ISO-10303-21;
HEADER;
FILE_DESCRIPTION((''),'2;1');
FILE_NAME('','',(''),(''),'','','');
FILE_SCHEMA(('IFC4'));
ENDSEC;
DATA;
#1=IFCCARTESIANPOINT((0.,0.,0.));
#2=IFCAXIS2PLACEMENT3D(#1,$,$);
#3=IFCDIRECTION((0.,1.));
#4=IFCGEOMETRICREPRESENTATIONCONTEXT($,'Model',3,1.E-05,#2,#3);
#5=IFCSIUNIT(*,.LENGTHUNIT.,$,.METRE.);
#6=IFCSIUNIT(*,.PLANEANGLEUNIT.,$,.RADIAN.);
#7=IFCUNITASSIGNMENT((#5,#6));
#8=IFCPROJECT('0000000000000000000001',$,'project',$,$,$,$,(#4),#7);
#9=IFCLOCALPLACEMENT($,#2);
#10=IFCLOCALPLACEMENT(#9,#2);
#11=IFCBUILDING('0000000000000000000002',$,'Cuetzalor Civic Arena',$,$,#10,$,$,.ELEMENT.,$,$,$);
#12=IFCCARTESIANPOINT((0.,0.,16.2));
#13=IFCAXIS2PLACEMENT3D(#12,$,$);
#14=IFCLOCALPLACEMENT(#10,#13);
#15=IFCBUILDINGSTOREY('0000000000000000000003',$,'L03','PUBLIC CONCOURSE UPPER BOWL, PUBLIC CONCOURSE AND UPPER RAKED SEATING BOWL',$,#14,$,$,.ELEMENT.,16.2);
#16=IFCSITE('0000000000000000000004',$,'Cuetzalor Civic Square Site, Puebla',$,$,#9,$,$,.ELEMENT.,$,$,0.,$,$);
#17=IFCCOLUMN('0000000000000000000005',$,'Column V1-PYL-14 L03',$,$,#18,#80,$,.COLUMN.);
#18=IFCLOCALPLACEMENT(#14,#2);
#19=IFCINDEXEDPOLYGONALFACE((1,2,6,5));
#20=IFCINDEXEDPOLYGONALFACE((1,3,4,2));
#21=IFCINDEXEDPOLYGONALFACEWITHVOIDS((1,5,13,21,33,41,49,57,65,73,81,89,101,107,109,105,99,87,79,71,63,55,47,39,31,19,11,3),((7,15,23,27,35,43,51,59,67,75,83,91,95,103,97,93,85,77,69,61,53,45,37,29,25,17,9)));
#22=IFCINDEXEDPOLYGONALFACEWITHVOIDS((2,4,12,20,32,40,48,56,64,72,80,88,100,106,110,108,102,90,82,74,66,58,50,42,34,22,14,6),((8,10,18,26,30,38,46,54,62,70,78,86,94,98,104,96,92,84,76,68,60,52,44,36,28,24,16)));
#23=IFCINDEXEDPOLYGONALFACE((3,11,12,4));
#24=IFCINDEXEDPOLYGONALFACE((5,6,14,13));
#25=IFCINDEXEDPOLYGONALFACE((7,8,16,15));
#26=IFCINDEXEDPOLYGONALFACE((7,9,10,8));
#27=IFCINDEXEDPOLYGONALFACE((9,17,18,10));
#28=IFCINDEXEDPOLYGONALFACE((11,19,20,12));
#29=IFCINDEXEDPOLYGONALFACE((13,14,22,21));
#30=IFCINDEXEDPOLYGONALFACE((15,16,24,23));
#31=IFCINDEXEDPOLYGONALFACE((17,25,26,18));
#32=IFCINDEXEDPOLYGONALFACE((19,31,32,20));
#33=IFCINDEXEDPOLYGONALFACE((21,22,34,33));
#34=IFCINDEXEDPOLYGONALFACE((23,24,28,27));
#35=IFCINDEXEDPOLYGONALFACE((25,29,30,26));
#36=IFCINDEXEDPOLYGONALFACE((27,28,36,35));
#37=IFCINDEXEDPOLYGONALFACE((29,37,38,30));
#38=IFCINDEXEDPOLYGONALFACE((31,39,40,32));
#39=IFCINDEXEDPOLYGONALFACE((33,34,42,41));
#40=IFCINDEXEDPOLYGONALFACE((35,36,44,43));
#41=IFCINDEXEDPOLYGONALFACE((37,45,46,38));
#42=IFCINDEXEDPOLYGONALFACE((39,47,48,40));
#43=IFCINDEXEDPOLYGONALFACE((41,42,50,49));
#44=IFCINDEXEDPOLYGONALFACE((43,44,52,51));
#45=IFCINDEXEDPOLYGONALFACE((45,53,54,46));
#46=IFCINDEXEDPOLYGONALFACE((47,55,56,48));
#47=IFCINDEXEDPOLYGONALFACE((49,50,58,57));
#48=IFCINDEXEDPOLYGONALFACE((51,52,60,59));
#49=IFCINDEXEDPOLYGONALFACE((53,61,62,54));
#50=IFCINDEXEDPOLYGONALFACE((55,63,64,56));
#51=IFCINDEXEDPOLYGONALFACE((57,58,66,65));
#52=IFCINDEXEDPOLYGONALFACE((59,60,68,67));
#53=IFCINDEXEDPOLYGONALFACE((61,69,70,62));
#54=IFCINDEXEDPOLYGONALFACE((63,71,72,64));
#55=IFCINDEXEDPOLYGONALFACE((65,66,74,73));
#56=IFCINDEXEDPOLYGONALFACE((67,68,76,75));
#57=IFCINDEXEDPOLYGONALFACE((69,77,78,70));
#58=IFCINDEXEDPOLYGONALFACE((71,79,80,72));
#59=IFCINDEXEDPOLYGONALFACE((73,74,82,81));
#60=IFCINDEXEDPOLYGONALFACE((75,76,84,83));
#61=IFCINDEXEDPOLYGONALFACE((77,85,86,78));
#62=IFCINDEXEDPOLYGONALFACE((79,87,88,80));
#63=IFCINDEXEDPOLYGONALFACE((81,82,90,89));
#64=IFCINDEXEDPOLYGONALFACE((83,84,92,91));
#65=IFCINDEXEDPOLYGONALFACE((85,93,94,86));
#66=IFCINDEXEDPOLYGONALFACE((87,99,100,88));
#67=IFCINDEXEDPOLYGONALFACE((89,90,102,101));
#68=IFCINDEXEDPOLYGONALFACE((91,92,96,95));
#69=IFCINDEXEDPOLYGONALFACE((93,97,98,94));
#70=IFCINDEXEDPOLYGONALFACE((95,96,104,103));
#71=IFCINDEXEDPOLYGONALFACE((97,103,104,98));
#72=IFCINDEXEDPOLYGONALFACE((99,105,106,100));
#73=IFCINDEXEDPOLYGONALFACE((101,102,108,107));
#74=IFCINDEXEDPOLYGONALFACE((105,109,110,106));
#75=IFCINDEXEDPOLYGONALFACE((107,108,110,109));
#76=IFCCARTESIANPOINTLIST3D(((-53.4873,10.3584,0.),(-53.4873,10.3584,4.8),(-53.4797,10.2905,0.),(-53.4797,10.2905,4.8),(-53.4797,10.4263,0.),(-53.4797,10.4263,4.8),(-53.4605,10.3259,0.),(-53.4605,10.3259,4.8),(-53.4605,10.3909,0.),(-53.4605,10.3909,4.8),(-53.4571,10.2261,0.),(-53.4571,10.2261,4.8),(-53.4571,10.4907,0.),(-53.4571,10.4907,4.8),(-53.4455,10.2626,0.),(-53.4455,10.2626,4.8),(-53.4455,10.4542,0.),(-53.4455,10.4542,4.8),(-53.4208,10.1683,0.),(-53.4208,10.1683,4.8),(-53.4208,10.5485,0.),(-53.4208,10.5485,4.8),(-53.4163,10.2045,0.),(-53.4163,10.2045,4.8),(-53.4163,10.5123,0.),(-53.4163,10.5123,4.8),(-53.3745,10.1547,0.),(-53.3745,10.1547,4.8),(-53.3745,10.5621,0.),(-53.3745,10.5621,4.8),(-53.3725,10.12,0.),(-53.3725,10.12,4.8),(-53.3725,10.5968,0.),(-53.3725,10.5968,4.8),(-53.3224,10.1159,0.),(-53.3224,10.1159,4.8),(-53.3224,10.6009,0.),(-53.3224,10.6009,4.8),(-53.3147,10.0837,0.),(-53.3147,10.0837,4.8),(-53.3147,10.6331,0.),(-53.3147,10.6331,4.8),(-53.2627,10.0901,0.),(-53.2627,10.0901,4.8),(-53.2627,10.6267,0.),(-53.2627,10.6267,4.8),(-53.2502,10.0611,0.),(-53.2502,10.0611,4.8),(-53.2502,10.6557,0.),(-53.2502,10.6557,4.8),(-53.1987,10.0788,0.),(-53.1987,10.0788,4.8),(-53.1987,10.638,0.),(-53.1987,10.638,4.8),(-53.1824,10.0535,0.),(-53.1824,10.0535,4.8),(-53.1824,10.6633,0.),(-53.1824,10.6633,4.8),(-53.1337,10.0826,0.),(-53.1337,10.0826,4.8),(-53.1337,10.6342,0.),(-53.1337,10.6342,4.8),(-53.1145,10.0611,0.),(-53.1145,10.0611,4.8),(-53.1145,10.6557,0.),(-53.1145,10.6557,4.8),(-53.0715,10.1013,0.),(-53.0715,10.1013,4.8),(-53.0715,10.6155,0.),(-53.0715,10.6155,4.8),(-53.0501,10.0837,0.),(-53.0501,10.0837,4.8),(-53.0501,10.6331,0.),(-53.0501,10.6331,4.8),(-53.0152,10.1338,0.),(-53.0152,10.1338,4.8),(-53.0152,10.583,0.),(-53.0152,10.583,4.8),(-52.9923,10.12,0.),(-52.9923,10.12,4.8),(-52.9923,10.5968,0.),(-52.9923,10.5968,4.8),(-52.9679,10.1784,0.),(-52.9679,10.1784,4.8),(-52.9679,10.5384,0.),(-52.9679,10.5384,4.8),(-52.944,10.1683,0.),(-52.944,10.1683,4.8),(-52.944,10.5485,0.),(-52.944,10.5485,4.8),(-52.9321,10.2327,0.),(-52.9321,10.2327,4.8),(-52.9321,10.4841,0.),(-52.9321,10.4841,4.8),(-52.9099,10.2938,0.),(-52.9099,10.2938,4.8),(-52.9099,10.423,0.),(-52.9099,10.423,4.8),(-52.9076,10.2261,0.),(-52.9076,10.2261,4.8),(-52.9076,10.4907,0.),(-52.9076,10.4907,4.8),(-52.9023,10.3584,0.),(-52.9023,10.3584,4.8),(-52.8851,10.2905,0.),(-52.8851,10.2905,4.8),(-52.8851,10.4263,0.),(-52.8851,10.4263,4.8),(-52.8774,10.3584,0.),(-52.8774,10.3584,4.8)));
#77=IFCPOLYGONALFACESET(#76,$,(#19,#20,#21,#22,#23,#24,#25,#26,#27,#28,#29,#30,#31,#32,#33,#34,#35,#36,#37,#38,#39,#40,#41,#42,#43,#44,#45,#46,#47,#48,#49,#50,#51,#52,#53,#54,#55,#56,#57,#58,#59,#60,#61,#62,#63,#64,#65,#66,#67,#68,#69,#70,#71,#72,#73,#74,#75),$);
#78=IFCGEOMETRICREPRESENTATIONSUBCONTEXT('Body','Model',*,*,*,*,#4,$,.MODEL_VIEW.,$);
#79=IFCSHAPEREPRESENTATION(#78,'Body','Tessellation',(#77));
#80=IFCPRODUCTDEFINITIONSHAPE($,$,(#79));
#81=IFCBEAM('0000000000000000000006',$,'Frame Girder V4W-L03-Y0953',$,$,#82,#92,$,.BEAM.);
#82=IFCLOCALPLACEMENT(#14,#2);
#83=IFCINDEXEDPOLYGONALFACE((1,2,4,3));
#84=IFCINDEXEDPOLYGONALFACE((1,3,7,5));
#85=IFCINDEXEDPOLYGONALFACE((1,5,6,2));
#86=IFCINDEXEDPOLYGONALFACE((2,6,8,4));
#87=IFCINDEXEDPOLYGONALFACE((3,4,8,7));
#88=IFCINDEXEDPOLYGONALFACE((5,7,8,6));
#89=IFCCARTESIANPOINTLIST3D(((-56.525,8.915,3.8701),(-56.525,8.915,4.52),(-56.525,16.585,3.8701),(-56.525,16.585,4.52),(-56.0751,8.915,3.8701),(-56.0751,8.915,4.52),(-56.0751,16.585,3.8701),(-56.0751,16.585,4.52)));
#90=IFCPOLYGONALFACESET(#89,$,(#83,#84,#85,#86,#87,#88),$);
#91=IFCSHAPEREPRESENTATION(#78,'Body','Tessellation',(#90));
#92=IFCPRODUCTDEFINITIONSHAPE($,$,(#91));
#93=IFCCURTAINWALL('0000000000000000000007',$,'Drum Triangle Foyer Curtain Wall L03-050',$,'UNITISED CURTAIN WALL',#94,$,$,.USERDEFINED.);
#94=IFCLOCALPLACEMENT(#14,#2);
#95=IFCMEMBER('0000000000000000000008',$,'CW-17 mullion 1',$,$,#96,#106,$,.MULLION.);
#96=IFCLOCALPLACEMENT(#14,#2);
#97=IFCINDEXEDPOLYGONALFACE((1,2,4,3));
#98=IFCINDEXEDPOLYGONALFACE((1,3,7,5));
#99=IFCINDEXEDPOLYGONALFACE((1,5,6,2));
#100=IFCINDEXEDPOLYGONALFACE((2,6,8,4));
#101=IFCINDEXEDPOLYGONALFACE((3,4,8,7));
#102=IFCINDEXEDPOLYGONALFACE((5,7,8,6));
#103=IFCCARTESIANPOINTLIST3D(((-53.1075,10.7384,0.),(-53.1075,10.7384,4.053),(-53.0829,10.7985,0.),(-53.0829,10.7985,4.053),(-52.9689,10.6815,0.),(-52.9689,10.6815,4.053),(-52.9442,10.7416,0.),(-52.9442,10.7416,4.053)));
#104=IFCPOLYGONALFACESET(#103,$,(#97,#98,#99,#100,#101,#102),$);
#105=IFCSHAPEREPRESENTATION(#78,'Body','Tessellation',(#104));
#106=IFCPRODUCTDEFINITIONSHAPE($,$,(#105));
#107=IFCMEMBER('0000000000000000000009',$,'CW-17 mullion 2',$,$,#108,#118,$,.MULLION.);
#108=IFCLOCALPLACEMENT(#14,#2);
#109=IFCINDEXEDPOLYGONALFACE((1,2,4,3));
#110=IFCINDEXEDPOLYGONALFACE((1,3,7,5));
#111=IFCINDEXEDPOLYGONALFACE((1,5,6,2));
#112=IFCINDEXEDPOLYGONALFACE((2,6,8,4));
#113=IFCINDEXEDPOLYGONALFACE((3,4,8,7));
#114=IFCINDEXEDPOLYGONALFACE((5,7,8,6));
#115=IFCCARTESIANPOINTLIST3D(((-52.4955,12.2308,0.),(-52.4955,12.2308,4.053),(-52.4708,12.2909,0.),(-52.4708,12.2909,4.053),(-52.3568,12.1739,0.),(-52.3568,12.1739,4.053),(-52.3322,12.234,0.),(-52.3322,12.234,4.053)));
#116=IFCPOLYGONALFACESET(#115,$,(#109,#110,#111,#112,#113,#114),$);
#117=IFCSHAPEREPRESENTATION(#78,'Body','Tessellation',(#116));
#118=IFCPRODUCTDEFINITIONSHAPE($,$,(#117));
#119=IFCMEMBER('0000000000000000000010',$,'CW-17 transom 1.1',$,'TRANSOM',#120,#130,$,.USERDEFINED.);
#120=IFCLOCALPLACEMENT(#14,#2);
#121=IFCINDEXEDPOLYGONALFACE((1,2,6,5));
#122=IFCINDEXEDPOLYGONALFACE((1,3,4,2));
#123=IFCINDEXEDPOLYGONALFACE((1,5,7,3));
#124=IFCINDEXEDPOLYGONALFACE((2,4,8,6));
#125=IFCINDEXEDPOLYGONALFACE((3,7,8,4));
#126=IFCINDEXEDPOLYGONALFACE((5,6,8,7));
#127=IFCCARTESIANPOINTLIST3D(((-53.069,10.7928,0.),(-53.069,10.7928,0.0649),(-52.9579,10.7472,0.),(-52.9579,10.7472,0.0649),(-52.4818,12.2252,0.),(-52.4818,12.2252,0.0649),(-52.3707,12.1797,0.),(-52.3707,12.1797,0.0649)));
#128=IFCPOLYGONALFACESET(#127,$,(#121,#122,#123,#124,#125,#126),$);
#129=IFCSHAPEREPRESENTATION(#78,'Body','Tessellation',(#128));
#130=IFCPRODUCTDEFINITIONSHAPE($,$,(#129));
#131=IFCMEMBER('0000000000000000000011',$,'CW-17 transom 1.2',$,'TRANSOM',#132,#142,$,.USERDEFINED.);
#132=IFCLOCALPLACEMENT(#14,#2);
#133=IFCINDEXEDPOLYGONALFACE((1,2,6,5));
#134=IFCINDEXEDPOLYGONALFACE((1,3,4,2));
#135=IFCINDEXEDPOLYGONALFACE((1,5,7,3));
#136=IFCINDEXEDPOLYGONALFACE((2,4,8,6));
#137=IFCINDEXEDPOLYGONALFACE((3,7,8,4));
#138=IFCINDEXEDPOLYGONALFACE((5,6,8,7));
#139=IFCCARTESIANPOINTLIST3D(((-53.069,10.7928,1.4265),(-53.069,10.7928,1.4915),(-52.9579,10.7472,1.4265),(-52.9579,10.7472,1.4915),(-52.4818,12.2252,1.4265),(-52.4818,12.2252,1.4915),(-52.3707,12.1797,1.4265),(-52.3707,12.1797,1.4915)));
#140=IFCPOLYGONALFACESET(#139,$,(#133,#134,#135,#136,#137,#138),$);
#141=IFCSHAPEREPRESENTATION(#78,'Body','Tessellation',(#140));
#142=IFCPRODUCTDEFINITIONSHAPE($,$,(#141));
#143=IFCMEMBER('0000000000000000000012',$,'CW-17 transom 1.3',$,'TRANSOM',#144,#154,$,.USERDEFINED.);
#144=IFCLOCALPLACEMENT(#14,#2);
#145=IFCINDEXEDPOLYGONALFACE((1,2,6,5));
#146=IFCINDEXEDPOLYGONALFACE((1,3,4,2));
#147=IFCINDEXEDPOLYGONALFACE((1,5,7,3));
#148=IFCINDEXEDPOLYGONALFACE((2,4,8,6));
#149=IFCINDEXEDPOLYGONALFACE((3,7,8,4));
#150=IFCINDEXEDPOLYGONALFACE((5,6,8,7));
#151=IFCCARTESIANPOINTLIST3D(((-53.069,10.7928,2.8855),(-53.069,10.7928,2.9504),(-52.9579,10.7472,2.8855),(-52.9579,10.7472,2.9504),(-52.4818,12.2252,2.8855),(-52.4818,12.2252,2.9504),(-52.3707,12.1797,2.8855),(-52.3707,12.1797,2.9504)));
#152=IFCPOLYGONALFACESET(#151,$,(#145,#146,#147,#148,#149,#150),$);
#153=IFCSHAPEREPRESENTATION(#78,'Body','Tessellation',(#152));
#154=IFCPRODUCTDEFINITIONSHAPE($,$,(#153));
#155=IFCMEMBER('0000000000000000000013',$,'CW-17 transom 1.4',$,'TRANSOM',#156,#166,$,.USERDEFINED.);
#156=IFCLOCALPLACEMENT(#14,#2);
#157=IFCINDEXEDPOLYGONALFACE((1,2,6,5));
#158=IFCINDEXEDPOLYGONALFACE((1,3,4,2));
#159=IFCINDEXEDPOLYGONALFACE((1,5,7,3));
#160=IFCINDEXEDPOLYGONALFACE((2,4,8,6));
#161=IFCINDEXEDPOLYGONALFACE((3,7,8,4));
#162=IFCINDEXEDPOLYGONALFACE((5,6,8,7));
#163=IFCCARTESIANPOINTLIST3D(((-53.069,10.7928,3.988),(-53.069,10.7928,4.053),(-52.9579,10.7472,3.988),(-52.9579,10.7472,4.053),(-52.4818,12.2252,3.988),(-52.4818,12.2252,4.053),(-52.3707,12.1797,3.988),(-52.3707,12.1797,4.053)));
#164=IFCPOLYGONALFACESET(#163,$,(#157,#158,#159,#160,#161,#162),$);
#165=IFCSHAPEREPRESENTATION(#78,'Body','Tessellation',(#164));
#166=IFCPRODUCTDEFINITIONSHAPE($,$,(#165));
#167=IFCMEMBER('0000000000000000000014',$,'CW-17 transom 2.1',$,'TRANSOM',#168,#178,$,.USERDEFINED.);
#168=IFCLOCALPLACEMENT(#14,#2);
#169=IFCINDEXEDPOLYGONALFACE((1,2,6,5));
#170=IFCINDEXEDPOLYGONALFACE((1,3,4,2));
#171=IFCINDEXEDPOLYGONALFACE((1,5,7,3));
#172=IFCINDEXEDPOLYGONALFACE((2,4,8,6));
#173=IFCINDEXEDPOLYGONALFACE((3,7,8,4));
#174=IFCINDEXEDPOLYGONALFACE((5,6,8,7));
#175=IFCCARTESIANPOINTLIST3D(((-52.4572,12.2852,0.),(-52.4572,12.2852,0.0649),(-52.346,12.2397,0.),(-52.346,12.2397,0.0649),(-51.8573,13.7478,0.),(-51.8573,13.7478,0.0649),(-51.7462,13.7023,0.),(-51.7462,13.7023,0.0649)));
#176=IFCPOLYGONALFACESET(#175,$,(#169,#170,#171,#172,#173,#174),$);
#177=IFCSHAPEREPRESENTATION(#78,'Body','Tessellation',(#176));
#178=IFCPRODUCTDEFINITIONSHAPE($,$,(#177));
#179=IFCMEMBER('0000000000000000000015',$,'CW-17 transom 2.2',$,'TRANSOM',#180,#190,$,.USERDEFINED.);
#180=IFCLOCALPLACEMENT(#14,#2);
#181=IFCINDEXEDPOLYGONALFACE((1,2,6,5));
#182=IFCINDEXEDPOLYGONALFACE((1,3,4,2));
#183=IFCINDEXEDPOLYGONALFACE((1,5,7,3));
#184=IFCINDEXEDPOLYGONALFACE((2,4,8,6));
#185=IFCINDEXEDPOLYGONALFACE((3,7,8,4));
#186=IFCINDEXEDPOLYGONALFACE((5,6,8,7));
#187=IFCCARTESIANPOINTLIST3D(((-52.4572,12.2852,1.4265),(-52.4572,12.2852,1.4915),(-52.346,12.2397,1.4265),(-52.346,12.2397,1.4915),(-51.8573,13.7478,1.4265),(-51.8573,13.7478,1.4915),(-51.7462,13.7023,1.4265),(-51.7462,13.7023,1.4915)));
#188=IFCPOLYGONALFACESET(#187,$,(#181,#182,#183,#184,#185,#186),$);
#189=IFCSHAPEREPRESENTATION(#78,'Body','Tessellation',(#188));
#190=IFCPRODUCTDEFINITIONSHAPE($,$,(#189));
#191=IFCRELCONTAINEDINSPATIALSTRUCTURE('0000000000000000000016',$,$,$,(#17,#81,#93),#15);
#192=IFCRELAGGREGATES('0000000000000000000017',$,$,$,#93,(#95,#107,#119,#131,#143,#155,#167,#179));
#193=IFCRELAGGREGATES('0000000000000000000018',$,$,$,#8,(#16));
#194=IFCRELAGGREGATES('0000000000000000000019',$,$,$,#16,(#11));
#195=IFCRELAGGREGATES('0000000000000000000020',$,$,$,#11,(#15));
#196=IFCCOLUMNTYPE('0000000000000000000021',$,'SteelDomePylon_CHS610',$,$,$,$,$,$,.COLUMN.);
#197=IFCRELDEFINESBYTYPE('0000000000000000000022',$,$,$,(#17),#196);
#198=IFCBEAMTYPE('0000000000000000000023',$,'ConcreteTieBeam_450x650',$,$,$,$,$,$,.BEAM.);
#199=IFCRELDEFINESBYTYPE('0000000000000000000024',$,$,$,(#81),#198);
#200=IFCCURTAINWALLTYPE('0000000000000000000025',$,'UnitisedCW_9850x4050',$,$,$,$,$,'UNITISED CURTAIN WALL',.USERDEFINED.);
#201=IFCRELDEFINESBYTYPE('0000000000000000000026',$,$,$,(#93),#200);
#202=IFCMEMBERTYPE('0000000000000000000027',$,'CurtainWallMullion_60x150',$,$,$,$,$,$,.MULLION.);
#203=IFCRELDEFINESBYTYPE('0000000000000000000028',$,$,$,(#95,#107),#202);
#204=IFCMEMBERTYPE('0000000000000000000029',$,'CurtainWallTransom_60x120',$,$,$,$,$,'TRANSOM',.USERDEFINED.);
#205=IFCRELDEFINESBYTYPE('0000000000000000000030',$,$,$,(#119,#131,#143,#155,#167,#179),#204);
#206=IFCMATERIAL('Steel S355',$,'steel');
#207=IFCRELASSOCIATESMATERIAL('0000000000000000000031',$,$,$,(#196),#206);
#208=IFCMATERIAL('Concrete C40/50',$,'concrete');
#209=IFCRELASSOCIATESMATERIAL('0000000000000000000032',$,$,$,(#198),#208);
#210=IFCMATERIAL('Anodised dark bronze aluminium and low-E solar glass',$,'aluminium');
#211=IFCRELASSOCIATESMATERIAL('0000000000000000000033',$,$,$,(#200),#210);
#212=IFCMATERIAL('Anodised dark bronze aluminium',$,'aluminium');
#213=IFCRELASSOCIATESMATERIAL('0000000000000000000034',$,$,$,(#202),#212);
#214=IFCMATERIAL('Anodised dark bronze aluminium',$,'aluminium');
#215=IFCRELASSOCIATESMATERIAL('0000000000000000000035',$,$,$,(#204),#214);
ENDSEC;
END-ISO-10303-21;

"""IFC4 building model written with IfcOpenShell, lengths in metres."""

from ifc_helpers import new_model, si_unit, direction, frame, origin, origin_2d, place, context, subcontext, project, spatial, rectangle, hollow_circle, extrude, material, material_profile, profile_set, type_object, element, aggregate, save


model = new_model("IFC4")

# Units and contexts
model_context = context("Model", 3, precision=1e-05, world=origin(), true_north=direction((0.0, 1.0)))
body_context = subcontext(model_context, "Body", "Model", "MODEL_VIEW")
ifc_project = project(units=[si_unit("LENGTHUNIT", "METRE"), si_unit("PLANEANGLEUNIT", "RADIAN")], contexts=[model_context])

# Site, building, storey
site_placement = place(None, origin())
site = spatial("IfcSite", under=ifc_project, at=site_placement, Name="Cuetzalor Civic Square Site, Puebla", CompositionType="ELEMENT", RefElevation=0.0)
building_placement = place(site_placement, origin())
building = spatial("IfcBuilding", under=site, at=building_placement, Name="Cuetzalor Civic Arena", CompositionType="ELEMENT")
storey_placement = place(building_placement, frame((0.0, 0.0, 16.2)))
storey = spatial("IfcBuildingStorey", under=building, at=storey_placement, Name="L03", Description="PUBLIC CONCOURSE UPPER BOWL, PUBLIC CONCOURSE AND UPPER RAKED SEATING BOWL", CompositionType="ELEMENT", Elevation=16.2)

# Column
ifc_material_1 = material(Name="Steel S355", Category="steel")
ifc_material_profile_1 = material_profile(ifc_material_1, hollow_circle(Radius=0.3049, WallThickness=0.0249, at=origin_2d()), Name="CHS 610x25")
ifc_profile_set_1 = profile_set([ifc_material_profile_1], Name="Steel S355")
column_type = type_object("IfcColumnType", Name="SteelDomePylon_CHS610", PredefinedType="COLUMN", material=ifc_profile_set_1)
column_placement = place(storey_placement, frame((-53.1824, 10.3584, 0.0), z_axis=(0.0, 0.0, 1.0), x_axis=(1.0, 0.0, 0.0)))
element("IfcColumn", 1, at=column_placement, inside=storey, type_object=column_type, Name="Column V1-PYL-14 L03", PredefinedType="COLUMN", context=body_context, shape_type="SweptSolid", body=[
    extrude(hollow_circle(Radius=0.3049, WallThickness=0.0249, at=origin_2d()), origin(), (0.0, 0.0, 1.0), 4.8),
])

# Beam
ifc_material_2 = material(Name="Concrete C40/50", Category="concrete")
ifc_material_profile_2 = material_profile(ifc_material_2, rectangle(XDim=0.45, YDim=0.6499, at=origin_2d()), Name="RC 450x650")
ifc_profile_set_2 = profile_set([ifc_material_profile_2], Name="Concrete C40/50")
beam_type_1 = type_object("IfcBeamType", Name="ConcreteTieBeam_450x650", PredefinedType="BEAM", material=ifc_profile_set_2)
beam_1_placement = place(storey_placement, frame((-56.3, 8.915, 4.1951), z_axis=(0.0, 1.0, 0.0), x_axis=(-1.0, 0.0, 0.0)))
element("IfcBeam", 2, at=beam_1_placement, inside=storey, type_object=beam_type_1, Name="Frame Girder V4W-L03-Y0953", PredefinedType="BEAM", context=body_context, shape_type="SweptSolid", body=[
    extrude(rectangle(XDim=0.45, YDim=0.6499, at=origin_2d()), origin(), (0.0, 0.0, 1.0), 7.6699),
])

# Curtain wall, members
ifc_material_3 = material(Name="Anodised dark bronze aluminium and low-E solar glass", Category="aluminium")
curtain_wall_type = type_object("IfcCurtainWallType", Name="UnitisedCW_9850x4050", ElementType="UNITISED CURTAIN WALL", PredefinedType="USERDEFINED", material=ifc_material_3)
curtain_wall_placement = place(storey_placement, origin())
curtain_wall = element("IfcCurtainWall", 3, at=curtain_wall_placement, inside=storey, type_object=curtain_wall_type, Name="Drum Triangle Foyer Curtain Wall L03-050", ObjectType="UNITISED CURTAIN WALL", PredefinedType="USERDEFINED")
ifc_material_4 = material(Name="Anodised dark bronze aluminium", Category="aluminium")
ifc_material_profile_3 = material_profile(ifc_material_4, rectangle(XDim=0.0649, YDim=0.1499, at=origin_2d()), Name="ALU MULLION 65x150")
ifc_profile_set_3 = profile_set([ifc_material_profile_3], Name="Anodised dark bronze aluminium")
member_type_1 = type_object("IfcMemberType", Name="CurtainWallMullion_60x150", PredefinedType="MULLION", material=ifc_profile_set_3)
member_1_placement = place(storey_placement, frame((-53.0259, 10.74, 0.0), z_axis=(0.0, 0.0, 1.0), x_axis=(0.379391, 0.925236, 0.0)))
member_1 = element("IfcMember", 4, at=member_1_placement, type_object=member_type_1, Name="CW-17 mullion 1", PredefinedType="MULLION", context=body_context, shape_type="SweptSolid", body=[
    extrude(rectangle(XDim=0.0649, YDim=0.1499, at=origin_2d()), origin(), (0.0, 0.0, 1.0), 4.053),
])
member_2_placement = place(storey_placement, frame((-52.4138, 12.2324, 0.0), z_axis=(0.0, 0.0, 1.0), x_axis=(0.379391, 0.925236, 0.0)))
member_2 = element("IfcMember", 5, at=member_2_placement, type_object=member_type_1, Name="CW-17 mullion 2", PredefinedType="MULLION", context=body_context, shape_type="SweptSolid", body=[
    extrude(rectangle(XDim=0.0649, YDim=0.1499, at=origin_2d()), origin(), (0.0, 0.0, 1.0), 4.053),
])
ifc_material_5 = material(Name="Anodised dark bronze aluminium", Category="aluminium")
ifc_material_profile_4 = material_profile(ifc_material_5, rectangle(XDim=0.1201, YDim=0.0649, at=origin_2d()), Name="ALU TRANSOM 65x120")
ifc_profile_set_4 = profile_set([ifc_material_profile_4], Name="Anodised dark bronze aluminium")
member_type_2 = type_object("IfcMemberType", Name="CurtainWallTransom_60x120", ElementType="TRANSOM", PredefinedType="USERDEFINED", material=ifc_profile_set_4)
member_3_placement = place(storey_placement, frame((-53.0134, 10.77, 0.0325), z_axis=(0.37929, 0.925278, 0.0), x_axis=(-0.925278, 0.37929, 0.0)))
member_3 = element("IfcMember", 6, at=member_3_placement, type_object=member_type_2, Name="CW-17 transom 1.1", ObjectType="TRANSOM", PredefinedType="USERDEFINED", context=body_context, shape_type="SweptSolid", body=[
    extrude(rectangle(XDim=0.1201, YDim=0.0649, at=origin_2d()), origin(), (0.0, 0.0, 1.0), 1.5481),
])
member_4_placement = place(storey_placement, frame((-53.0134, 10.77, 1.459), z_axis=(0.37929, 0.925278, 0.0), x_axis=(-0.925278, 0.37929, 0.0)))
member_4 = element("IfcMember", 7, at=member_4_placement, type_object=member_type_2, Name="CW-17 transom 1.2", ObjectType="TRANSOM", PredefinedType="USERDEFINED", context=body_context, shape_type="SweptSolid", body=[
    extrude(rectangle(XDim=0.1201, YDim=0.0649, at=origin_2d()), origin(), (0.0, 0.0, 1.0), 1.5481),
])
member_5_placement = place(storey_placement, frame((-53.0134, 10.77, 2.918), z_axis=(0.37929, 0.925278, 0.0), x_axis=(-0.925278, 0.37929, 0.0)))
member_5 = element("IfcMember", 8, at=member_5_placement, type_object=member_type_2, Name="CW-17 transom 1.3", ObjectType="TRANSOM", PredefinedType="USERDEFINED", context=body_context, shape_type="SweptSolid", body=[
    extrude(rectangle(XDim=0.1201, YDim=0.0649, at=origin_2d()), origin(), (0.0, 0.0, 1.0), 1.5481),
])
member_6_placement = place(storey_placement, frame((-53.0134, 10.77, 4.0205), z_axis=(0.37929, 0.925278, 0.0), x_axis=(-0.925278, 0.37929, 0.0)))
member_6 = element("IfcMember", 9, at=member_6_placement, type_object=member_type_2, Name="CW-17 transom 1.4", ObjectType="TRANSOM", PredefinedType="USERDEFINED", context=body_context, shape_type="SweptSolid", body=[
    extrude(rectangle(XDim=0.1201, YDim=0.0649, at=origin_2d()), origin(), (0.0, 0.0, 1.0), 1.5481),
])
member_7_placement = place(storey_placement, frame((-52.4016, 12.2625, 0.0325), z_axis=(0.379445, 0.925214, 0.0), x_axis=(-0.925214, 0.379445, 0.0)))
member_7 = element("IfcMember", 10, at=member_7_placement, type_object=member_type_2, Name="CW-17 transom 2.1", ObjectType="TRANSOM", PredefinedType="USERDEFINED", context=body_context, shape_type="SweptSolid", body=[
    extrude(rectangle(XDim=0.1201, YDim=0.0649, at=origin_2d()), origin(), (0.0, 0.0, 1.0), 1.5808),
])
member_8_placement = place(storey_placement, frame((-52.4016, 12.2625, 1.459), z_axis=(0.379445, 0.925214, 0.0), x_axis=(-0.925214, 0.379445, 0.0)))
member_8 = element("IfcMember", 11, at=member_8_placement, type_object=member_type_2, Name="CW-17 transom 2.2", ObjectType="TRANSOM", PredefinedType="USERDEFINED", context=body_context, shape_type="SweptSolid", body=[
    extrude(rectangle(XDim=0.1201, YDim=0.0649, at=origin_2d()), origin(), (0.0, 0.0, 1.0), 1.5808),
])

aggregate(curtain_wall, [member_1, member_2, member_3, member_4, member_5, member_6, member_7, member_8])

save(model, "model.ifc")
